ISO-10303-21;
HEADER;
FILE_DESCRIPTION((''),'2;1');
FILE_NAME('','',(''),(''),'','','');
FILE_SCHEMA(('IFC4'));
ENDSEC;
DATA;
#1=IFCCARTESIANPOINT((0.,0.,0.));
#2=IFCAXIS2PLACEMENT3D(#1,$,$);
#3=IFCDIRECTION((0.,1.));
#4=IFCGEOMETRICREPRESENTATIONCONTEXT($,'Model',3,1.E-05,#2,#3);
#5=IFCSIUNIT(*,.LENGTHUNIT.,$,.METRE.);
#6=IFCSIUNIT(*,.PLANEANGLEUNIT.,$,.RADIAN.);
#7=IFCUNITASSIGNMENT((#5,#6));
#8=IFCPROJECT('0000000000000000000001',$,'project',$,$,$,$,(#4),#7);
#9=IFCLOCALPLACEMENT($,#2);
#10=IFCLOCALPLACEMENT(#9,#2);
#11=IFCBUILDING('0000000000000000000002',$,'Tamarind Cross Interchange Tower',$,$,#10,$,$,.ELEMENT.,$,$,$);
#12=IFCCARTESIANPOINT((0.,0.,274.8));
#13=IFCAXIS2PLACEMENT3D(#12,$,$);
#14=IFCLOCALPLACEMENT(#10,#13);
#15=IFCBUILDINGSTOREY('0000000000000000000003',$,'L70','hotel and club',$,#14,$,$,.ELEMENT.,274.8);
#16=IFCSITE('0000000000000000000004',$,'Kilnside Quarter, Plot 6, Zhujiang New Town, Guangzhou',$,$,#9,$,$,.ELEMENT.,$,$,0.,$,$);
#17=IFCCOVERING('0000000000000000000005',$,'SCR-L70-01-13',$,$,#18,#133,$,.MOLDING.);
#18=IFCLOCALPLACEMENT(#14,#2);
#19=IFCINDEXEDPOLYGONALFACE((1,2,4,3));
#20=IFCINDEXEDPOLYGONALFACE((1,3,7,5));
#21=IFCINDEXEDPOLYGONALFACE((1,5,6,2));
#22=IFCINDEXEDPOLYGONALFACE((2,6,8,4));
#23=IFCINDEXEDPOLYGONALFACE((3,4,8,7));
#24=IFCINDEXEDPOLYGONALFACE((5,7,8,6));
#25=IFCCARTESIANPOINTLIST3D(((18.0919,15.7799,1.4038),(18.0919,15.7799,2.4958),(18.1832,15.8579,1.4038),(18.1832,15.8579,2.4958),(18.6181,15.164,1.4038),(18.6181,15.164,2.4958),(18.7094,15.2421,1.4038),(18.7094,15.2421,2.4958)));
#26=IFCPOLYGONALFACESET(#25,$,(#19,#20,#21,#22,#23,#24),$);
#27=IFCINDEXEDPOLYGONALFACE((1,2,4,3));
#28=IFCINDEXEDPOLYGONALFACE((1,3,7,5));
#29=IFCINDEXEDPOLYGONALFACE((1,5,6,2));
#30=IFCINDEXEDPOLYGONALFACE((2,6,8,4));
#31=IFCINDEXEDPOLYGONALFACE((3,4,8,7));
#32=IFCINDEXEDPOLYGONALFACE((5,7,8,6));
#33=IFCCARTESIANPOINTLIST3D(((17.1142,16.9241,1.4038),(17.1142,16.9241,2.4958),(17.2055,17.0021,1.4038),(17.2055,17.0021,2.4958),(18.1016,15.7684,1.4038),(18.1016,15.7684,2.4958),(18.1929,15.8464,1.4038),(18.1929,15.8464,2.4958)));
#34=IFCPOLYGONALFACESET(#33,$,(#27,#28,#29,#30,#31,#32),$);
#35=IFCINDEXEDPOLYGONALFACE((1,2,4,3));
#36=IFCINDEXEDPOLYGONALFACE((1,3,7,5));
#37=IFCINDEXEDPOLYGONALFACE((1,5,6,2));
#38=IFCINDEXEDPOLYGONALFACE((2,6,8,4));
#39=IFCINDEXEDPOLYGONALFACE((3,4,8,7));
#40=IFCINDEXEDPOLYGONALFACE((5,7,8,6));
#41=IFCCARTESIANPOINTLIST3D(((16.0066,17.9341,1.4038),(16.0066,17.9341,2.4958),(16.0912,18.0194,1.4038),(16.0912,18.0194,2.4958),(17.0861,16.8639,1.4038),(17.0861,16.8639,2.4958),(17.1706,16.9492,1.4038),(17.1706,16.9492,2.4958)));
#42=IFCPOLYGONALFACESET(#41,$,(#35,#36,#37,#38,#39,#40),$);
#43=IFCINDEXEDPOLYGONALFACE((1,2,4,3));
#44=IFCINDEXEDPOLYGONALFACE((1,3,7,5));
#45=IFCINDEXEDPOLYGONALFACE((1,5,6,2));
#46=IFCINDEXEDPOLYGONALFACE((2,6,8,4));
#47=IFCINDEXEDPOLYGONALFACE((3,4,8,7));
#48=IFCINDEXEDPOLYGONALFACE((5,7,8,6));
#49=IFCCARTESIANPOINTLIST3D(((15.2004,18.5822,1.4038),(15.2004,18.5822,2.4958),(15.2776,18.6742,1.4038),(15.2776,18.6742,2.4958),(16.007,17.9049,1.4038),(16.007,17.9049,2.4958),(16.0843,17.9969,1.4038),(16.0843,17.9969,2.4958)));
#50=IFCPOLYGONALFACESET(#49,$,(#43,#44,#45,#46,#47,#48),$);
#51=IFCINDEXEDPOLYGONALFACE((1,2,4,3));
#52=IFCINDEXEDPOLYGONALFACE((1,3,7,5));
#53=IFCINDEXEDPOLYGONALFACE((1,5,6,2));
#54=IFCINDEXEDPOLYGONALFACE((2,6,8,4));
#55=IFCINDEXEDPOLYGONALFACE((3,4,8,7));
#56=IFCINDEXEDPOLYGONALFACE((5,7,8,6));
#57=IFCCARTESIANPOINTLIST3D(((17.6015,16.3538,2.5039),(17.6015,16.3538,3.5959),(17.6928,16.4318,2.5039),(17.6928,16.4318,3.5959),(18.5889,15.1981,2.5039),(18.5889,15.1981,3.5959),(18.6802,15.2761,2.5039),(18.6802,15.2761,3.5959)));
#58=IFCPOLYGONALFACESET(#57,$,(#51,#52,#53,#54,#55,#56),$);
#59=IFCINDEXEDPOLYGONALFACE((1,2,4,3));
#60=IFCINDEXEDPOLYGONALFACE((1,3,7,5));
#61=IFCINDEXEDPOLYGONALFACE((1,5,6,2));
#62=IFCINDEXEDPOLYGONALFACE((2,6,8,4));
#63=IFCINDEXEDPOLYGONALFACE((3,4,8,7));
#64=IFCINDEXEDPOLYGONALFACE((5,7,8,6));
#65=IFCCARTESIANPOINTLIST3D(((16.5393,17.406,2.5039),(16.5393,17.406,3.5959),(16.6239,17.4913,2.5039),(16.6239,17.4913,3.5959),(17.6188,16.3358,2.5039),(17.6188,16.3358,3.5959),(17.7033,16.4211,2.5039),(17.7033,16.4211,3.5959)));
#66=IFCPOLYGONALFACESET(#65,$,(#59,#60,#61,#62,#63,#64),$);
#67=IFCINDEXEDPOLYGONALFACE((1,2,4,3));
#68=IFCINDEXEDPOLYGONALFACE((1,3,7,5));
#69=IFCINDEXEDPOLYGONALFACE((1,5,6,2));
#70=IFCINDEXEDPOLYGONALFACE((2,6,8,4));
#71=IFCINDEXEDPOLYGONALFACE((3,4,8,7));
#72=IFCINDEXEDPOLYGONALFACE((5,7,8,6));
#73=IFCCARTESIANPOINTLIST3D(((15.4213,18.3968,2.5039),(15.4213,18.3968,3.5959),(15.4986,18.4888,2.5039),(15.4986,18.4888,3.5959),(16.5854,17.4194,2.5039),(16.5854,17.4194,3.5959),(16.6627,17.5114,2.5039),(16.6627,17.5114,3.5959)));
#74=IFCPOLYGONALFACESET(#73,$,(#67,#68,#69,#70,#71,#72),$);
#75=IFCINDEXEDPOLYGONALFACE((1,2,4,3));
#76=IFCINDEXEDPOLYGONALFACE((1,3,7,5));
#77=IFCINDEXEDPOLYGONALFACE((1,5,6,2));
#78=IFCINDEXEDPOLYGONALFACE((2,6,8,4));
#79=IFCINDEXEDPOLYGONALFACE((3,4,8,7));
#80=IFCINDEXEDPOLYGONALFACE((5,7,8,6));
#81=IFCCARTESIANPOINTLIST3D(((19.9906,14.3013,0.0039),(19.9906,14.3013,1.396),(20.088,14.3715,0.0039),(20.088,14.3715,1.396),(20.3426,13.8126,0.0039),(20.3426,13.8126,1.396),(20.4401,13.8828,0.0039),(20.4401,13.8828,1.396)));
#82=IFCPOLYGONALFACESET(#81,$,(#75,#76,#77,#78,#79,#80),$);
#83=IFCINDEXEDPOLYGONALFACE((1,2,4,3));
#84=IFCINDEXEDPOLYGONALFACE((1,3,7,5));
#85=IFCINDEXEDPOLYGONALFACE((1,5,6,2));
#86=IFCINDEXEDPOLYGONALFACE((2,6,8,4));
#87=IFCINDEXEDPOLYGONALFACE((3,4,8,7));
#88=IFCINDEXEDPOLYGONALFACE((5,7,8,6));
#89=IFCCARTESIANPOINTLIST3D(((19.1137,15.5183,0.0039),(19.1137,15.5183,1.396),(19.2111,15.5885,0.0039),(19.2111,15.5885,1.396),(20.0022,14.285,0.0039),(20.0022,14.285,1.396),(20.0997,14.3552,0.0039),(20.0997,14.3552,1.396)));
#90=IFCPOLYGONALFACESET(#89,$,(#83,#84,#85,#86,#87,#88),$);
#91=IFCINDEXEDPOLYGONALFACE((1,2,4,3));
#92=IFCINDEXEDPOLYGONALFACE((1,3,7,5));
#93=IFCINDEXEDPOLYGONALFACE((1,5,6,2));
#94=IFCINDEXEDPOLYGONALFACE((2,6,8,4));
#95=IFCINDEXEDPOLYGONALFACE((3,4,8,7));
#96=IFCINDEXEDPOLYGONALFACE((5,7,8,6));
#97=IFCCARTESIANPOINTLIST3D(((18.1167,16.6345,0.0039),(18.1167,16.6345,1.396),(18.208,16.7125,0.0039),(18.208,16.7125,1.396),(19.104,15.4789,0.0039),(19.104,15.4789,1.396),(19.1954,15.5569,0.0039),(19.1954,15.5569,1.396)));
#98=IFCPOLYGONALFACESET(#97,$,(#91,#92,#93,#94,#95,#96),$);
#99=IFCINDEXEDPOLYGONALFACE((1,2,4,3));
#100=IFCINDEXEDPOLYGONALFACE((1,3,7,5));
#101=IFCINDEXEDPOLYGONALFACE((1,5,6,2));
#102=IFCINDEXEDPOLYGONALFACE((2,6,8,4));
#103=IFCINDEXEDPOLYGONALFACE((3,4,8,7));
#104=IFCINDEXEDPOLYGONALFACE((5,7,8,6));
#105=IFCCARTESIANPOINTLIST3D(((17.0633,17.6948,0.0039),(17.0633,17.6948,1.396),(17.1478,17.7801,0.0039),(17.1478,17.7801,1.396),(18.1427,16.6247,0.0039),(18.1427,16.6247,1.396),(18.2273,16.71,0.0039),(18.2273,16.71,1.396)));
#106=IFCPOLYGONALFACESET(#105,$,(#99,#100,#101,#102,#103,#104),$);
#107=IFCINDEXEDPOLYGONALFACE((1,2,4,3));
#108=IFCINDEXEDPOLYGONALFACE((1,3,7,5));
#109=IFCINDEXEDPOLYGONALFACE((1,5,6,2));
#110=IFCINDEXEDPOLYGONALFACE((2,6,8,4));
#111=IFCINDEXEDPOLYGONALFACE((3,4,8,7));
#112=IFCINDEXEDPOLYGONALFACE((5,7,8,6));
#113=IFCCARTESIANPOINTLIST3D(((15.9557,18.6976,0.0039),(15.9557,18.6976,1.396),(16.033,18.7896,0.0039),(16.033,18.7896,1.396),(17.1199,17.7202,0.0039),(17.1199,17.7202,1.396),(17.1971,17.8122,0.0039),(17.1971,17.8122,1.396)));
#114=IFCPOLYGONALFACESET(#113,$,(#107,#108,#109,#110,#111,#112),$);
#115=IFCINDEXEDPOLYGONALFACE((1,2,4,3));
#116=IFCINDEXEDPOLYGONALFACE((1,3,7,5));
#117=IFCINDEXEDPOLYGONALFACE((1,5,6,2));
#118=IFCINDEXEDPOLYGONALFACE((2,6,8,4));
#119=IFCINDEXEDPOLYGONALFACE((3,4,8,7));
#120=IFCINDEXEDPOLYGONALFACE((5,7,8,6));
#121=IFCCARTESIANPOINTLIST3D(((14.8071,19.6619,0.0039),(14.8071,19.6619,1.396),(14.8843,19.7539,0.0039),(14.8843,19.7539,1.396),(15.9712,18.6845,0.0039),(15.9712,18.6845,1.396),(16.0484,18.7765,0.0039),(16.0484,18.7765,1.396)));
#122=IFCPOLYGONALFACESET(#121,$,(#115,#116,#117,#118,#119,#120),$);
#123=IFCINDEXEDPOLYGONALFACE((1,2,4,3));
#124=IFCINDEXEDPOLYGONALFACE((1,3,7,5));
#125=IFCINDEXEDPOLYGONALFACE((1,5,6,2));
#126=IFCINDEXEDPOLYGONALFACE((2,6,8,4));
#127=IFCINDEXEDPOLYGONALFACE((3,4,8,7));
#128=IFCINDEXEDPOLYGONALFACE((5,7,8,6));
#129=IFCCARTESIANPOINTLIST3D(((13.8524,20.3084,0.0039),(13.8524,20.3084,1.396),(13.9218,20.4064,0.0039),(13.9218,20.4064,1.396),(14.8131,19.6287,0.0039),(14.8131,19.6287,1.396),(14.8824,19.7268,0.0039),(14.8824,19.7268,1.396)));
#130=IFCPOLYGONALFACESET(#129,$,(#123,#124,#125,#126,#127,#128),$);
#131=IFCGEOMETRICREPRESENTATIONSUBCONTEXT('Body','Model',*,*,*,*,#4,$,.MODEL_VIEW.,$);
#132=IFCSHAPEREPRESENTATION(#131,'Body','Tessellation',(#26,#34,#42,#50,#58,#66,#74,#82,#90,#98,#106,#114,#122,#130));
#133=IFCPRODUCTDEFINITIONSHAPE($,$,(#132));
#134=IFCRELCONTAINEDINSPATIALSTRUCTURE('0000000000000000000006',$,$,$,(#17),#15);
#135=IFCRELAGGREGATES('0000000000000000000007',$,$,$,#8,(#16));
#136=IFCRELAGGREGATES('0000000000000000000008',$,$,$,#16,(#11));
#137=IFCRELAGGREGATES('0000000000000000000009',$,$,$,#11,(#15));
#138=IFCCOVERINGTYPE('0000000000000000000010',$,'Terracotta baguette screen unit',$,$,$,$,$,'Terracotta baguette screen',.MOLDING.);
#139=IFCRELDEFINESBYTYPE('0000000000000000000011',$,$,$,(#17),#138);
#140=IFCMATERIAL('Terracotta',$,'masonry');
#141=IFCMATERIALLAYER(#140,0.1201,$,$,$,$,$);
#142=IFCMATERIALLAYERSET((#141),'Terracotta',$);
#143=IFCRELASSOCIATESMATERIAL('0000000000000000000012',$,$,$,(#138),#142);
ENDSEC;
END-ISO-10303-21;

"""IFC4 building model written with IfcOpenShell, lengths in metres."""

from ifc_helpers import new_model, si_unit, direction, frame, origin, origin_2d, place, context, subcontext, project, spatial, rectangle, extrude, material, layer, layer_set, type_object, element, save


model = new_model("IFC4")

# Units and contexts
model_context = context("Model", 3, precision=1e-05, world=origin(), true_north=direction((0.0, 1.0)))
body_context = subcontext(model_context, "Body", "Model", "MODEL_VIEW")
ifc_project = project(units=[si_unit("LENGTHUNIT", "METRE"), si_unit("PLANEANGLEUNIT", "RADIAN")], contexts=[model_context])

# Site, building, storey
site_placement = place(None, origin())
site = spatial("IfcSite", under=ifc_project, at=site_placement, Name="Kilnside Quarter, Plot 6, Zhujiang New Town, Guangzhou", CompositionType="ELEMENT", RefElevation=0.0)
building_placement = place(site_placement, origin())
building = spatial("IfcBuilding", under=site, at=building_placement, Name="Tamarind Cross Interchange Tower", CompositionType="ELEMENT")
storey_placement = place(building_placement, frame((0.0, 0.0, 274.8)))
storey = spatial("IfcBuildingStorey", under=building, at=storey_placement, Name="L70", Description="hotel and club", CompositionType="ELEMENT", Elevation=274.8)

# Covering
ifc_material_1 = material(Name="Terracotta", Category="masonry")
ifc_layer_1 = layer(ifc_material_1, 0.1201)
ifc_layer_set_1 = layer_set([ifc_layer_1], Name="Terracotta")
covering_type = type_object("IfcCoveringType", Name="Terracotta baguette screen unit", ElementType="Terracotta baguette screen", PredefinedType="MOLDING", material=ifc_layer_set_1)
covering_1_placement = place(storey_placement, origin())
element("IfcCovering", 1, at=covering_1_placement, inside=storey, type_object=covering_type, Name="SCR-L70-01-13", PredefinedType="MOLDING", context=body_context, shape_type="SweptSolid", body=[
    extrude(rectangle(XDim=0.8101, YDim=0.1201, at=origin_2d()), frame((18.4006, 15.511, 1.4038), z_axis=(0.0, 0.0, 1.0), x_axis=(-0.649577, 0.760296, 0.0)), (0.0, 0.0, 1.0), 1.092),
    extrude(rectangle(XDim=1.52, YDim=0.1201, at=origin_2d()), frame((17.6536, 16.3853, 1.4038), z_axis=(0.0, 0.0, 1.0), x_axis=(-0.649577, 0.760296, 0.0)), (0.0, 0.0, 1.0), 1.092),
    extrude(rectangle(XDim=1.52, YDim=0.1201, at=origin_2d()), frame((16.5886, 17.4417, 1.4038), z_axis=(0.0, 0.0, 1.0), x_axis=(-0.710143, 0.704057, 0.0)), (0.0, 0.0, 1.0), 1.092),
    extrude(rectangle(XDim=1.0532, YDim=0.1201, at=origin_2d()), frame((15.6423, 18.2896, 1.4038), z_axis=(0.0, 0.0, 1.0), x_axis=(-0.765858, 0.643009, 0.0)), (0.0, 0.0, 1.0), 1.092),
    extrude(rectangle(XDim=1.52, YDim=0.1201, at=origin_2d()), frame((18.1409, 15.8149, 2.5039), z_axis=(0.0, 0.0, 1.0), x_axis=(-0.649577, 0.760296, 0.0)), (0.0, 0.0, 1.0), 1.092),
    extrude(rectangle(XDim=1.52, YDim=0.1201, at=origin_2d()), frame((17.1213, 16.9136, 2.5039), z_axis=(0.0, 0.0, 1.0), x_axis=(-0.710143, 0.704057, 0.0)), (0.0, 0.0, 1.0), 1.092),
    extrude(rectangle(XDim=1.52, YDim=0.1201, at=origin_2d()), frame((16.042, 17.9541, 2.5039), z_axis=(0.0, 0.0, 1.0), x_axis=(-0.765858, 0.643009, 0.0)), (0.0, 0.0, 1.0), 1.092),
    extrude(rectangle(XDim=0.6023, YDim=0.1201, at=origin_2d()), frame((20.2153, 14.092, 0.0039), z_axis=(0.0, 0.0, 1.0), x_axis=(-0.584574, 0.81134, 0.0)), (0.0, 0.0, 1.0), 1.3921),
    extrude(rectangle(XDim=1.52, YDim=0.1201, at=origin_2d()), frame((19.6067, 14.9368, 0.0039), z_axis=(0.0, 0.0, 1.0), x_axis=(-0.584574, 0.81134, 0.0)), (0.0, 0.0, 1.0), 1.3921),
    extrude(rectangle(XDim=1.52, YDim=0.1201, at=origin_2d()), frame((18.656, 16.0957, 0.0039), z_axis=(0.0, 0.0, 1.0), x_axis=(-0.649577, 0.760296, 0.0)), (0.0, 0.0, 1.0), 1.3921),
    extrude(rectangle(XDim=1.52, YDim=0.1201, at=origin_2d()), frame((17.6453, 17.2024, 0.0039), z_axis=(0.0, 0.0, 1.0), x_axis=(-0.710143, 0.704057, 0.0)), (0.0, 0.0, 1.0), 1.3921),
    extrude(rectangle(XDim=1.52, YDim=0.1201, at=origin_2d()), frame((16.5764, 18.2549, 0.0039), z_axis=(0.0, 0.0, 1.0), x_axis=(-0.765858, 0.643009, 0.0)), (0.0, 0.0, 1.0), 1.3921),
    extrude(rectangle(XDim=1.52, YDim=0.1201, at=origin_2d()), frame((15.4277, 19.2192, 0.0039), z_axis=(0.0, 0.0, 1.0), x_axis=(-0.765858, 0.643009, 0.0)), (0.0, 0.0, 1.0), 1.3921),
    extrude(rectangle(XDim=1.1768, YDim=0.1201, at=origin_2d()), frame((14.3674, 20.0176, 0.0039), z_axis=(0.0, 0.0, 1.0), x_axis=(-0.816342, 0.577569, 0.0)), (0.0, 0.0, 1.0), 1.3921),
])

save(model, "model.ifc")
